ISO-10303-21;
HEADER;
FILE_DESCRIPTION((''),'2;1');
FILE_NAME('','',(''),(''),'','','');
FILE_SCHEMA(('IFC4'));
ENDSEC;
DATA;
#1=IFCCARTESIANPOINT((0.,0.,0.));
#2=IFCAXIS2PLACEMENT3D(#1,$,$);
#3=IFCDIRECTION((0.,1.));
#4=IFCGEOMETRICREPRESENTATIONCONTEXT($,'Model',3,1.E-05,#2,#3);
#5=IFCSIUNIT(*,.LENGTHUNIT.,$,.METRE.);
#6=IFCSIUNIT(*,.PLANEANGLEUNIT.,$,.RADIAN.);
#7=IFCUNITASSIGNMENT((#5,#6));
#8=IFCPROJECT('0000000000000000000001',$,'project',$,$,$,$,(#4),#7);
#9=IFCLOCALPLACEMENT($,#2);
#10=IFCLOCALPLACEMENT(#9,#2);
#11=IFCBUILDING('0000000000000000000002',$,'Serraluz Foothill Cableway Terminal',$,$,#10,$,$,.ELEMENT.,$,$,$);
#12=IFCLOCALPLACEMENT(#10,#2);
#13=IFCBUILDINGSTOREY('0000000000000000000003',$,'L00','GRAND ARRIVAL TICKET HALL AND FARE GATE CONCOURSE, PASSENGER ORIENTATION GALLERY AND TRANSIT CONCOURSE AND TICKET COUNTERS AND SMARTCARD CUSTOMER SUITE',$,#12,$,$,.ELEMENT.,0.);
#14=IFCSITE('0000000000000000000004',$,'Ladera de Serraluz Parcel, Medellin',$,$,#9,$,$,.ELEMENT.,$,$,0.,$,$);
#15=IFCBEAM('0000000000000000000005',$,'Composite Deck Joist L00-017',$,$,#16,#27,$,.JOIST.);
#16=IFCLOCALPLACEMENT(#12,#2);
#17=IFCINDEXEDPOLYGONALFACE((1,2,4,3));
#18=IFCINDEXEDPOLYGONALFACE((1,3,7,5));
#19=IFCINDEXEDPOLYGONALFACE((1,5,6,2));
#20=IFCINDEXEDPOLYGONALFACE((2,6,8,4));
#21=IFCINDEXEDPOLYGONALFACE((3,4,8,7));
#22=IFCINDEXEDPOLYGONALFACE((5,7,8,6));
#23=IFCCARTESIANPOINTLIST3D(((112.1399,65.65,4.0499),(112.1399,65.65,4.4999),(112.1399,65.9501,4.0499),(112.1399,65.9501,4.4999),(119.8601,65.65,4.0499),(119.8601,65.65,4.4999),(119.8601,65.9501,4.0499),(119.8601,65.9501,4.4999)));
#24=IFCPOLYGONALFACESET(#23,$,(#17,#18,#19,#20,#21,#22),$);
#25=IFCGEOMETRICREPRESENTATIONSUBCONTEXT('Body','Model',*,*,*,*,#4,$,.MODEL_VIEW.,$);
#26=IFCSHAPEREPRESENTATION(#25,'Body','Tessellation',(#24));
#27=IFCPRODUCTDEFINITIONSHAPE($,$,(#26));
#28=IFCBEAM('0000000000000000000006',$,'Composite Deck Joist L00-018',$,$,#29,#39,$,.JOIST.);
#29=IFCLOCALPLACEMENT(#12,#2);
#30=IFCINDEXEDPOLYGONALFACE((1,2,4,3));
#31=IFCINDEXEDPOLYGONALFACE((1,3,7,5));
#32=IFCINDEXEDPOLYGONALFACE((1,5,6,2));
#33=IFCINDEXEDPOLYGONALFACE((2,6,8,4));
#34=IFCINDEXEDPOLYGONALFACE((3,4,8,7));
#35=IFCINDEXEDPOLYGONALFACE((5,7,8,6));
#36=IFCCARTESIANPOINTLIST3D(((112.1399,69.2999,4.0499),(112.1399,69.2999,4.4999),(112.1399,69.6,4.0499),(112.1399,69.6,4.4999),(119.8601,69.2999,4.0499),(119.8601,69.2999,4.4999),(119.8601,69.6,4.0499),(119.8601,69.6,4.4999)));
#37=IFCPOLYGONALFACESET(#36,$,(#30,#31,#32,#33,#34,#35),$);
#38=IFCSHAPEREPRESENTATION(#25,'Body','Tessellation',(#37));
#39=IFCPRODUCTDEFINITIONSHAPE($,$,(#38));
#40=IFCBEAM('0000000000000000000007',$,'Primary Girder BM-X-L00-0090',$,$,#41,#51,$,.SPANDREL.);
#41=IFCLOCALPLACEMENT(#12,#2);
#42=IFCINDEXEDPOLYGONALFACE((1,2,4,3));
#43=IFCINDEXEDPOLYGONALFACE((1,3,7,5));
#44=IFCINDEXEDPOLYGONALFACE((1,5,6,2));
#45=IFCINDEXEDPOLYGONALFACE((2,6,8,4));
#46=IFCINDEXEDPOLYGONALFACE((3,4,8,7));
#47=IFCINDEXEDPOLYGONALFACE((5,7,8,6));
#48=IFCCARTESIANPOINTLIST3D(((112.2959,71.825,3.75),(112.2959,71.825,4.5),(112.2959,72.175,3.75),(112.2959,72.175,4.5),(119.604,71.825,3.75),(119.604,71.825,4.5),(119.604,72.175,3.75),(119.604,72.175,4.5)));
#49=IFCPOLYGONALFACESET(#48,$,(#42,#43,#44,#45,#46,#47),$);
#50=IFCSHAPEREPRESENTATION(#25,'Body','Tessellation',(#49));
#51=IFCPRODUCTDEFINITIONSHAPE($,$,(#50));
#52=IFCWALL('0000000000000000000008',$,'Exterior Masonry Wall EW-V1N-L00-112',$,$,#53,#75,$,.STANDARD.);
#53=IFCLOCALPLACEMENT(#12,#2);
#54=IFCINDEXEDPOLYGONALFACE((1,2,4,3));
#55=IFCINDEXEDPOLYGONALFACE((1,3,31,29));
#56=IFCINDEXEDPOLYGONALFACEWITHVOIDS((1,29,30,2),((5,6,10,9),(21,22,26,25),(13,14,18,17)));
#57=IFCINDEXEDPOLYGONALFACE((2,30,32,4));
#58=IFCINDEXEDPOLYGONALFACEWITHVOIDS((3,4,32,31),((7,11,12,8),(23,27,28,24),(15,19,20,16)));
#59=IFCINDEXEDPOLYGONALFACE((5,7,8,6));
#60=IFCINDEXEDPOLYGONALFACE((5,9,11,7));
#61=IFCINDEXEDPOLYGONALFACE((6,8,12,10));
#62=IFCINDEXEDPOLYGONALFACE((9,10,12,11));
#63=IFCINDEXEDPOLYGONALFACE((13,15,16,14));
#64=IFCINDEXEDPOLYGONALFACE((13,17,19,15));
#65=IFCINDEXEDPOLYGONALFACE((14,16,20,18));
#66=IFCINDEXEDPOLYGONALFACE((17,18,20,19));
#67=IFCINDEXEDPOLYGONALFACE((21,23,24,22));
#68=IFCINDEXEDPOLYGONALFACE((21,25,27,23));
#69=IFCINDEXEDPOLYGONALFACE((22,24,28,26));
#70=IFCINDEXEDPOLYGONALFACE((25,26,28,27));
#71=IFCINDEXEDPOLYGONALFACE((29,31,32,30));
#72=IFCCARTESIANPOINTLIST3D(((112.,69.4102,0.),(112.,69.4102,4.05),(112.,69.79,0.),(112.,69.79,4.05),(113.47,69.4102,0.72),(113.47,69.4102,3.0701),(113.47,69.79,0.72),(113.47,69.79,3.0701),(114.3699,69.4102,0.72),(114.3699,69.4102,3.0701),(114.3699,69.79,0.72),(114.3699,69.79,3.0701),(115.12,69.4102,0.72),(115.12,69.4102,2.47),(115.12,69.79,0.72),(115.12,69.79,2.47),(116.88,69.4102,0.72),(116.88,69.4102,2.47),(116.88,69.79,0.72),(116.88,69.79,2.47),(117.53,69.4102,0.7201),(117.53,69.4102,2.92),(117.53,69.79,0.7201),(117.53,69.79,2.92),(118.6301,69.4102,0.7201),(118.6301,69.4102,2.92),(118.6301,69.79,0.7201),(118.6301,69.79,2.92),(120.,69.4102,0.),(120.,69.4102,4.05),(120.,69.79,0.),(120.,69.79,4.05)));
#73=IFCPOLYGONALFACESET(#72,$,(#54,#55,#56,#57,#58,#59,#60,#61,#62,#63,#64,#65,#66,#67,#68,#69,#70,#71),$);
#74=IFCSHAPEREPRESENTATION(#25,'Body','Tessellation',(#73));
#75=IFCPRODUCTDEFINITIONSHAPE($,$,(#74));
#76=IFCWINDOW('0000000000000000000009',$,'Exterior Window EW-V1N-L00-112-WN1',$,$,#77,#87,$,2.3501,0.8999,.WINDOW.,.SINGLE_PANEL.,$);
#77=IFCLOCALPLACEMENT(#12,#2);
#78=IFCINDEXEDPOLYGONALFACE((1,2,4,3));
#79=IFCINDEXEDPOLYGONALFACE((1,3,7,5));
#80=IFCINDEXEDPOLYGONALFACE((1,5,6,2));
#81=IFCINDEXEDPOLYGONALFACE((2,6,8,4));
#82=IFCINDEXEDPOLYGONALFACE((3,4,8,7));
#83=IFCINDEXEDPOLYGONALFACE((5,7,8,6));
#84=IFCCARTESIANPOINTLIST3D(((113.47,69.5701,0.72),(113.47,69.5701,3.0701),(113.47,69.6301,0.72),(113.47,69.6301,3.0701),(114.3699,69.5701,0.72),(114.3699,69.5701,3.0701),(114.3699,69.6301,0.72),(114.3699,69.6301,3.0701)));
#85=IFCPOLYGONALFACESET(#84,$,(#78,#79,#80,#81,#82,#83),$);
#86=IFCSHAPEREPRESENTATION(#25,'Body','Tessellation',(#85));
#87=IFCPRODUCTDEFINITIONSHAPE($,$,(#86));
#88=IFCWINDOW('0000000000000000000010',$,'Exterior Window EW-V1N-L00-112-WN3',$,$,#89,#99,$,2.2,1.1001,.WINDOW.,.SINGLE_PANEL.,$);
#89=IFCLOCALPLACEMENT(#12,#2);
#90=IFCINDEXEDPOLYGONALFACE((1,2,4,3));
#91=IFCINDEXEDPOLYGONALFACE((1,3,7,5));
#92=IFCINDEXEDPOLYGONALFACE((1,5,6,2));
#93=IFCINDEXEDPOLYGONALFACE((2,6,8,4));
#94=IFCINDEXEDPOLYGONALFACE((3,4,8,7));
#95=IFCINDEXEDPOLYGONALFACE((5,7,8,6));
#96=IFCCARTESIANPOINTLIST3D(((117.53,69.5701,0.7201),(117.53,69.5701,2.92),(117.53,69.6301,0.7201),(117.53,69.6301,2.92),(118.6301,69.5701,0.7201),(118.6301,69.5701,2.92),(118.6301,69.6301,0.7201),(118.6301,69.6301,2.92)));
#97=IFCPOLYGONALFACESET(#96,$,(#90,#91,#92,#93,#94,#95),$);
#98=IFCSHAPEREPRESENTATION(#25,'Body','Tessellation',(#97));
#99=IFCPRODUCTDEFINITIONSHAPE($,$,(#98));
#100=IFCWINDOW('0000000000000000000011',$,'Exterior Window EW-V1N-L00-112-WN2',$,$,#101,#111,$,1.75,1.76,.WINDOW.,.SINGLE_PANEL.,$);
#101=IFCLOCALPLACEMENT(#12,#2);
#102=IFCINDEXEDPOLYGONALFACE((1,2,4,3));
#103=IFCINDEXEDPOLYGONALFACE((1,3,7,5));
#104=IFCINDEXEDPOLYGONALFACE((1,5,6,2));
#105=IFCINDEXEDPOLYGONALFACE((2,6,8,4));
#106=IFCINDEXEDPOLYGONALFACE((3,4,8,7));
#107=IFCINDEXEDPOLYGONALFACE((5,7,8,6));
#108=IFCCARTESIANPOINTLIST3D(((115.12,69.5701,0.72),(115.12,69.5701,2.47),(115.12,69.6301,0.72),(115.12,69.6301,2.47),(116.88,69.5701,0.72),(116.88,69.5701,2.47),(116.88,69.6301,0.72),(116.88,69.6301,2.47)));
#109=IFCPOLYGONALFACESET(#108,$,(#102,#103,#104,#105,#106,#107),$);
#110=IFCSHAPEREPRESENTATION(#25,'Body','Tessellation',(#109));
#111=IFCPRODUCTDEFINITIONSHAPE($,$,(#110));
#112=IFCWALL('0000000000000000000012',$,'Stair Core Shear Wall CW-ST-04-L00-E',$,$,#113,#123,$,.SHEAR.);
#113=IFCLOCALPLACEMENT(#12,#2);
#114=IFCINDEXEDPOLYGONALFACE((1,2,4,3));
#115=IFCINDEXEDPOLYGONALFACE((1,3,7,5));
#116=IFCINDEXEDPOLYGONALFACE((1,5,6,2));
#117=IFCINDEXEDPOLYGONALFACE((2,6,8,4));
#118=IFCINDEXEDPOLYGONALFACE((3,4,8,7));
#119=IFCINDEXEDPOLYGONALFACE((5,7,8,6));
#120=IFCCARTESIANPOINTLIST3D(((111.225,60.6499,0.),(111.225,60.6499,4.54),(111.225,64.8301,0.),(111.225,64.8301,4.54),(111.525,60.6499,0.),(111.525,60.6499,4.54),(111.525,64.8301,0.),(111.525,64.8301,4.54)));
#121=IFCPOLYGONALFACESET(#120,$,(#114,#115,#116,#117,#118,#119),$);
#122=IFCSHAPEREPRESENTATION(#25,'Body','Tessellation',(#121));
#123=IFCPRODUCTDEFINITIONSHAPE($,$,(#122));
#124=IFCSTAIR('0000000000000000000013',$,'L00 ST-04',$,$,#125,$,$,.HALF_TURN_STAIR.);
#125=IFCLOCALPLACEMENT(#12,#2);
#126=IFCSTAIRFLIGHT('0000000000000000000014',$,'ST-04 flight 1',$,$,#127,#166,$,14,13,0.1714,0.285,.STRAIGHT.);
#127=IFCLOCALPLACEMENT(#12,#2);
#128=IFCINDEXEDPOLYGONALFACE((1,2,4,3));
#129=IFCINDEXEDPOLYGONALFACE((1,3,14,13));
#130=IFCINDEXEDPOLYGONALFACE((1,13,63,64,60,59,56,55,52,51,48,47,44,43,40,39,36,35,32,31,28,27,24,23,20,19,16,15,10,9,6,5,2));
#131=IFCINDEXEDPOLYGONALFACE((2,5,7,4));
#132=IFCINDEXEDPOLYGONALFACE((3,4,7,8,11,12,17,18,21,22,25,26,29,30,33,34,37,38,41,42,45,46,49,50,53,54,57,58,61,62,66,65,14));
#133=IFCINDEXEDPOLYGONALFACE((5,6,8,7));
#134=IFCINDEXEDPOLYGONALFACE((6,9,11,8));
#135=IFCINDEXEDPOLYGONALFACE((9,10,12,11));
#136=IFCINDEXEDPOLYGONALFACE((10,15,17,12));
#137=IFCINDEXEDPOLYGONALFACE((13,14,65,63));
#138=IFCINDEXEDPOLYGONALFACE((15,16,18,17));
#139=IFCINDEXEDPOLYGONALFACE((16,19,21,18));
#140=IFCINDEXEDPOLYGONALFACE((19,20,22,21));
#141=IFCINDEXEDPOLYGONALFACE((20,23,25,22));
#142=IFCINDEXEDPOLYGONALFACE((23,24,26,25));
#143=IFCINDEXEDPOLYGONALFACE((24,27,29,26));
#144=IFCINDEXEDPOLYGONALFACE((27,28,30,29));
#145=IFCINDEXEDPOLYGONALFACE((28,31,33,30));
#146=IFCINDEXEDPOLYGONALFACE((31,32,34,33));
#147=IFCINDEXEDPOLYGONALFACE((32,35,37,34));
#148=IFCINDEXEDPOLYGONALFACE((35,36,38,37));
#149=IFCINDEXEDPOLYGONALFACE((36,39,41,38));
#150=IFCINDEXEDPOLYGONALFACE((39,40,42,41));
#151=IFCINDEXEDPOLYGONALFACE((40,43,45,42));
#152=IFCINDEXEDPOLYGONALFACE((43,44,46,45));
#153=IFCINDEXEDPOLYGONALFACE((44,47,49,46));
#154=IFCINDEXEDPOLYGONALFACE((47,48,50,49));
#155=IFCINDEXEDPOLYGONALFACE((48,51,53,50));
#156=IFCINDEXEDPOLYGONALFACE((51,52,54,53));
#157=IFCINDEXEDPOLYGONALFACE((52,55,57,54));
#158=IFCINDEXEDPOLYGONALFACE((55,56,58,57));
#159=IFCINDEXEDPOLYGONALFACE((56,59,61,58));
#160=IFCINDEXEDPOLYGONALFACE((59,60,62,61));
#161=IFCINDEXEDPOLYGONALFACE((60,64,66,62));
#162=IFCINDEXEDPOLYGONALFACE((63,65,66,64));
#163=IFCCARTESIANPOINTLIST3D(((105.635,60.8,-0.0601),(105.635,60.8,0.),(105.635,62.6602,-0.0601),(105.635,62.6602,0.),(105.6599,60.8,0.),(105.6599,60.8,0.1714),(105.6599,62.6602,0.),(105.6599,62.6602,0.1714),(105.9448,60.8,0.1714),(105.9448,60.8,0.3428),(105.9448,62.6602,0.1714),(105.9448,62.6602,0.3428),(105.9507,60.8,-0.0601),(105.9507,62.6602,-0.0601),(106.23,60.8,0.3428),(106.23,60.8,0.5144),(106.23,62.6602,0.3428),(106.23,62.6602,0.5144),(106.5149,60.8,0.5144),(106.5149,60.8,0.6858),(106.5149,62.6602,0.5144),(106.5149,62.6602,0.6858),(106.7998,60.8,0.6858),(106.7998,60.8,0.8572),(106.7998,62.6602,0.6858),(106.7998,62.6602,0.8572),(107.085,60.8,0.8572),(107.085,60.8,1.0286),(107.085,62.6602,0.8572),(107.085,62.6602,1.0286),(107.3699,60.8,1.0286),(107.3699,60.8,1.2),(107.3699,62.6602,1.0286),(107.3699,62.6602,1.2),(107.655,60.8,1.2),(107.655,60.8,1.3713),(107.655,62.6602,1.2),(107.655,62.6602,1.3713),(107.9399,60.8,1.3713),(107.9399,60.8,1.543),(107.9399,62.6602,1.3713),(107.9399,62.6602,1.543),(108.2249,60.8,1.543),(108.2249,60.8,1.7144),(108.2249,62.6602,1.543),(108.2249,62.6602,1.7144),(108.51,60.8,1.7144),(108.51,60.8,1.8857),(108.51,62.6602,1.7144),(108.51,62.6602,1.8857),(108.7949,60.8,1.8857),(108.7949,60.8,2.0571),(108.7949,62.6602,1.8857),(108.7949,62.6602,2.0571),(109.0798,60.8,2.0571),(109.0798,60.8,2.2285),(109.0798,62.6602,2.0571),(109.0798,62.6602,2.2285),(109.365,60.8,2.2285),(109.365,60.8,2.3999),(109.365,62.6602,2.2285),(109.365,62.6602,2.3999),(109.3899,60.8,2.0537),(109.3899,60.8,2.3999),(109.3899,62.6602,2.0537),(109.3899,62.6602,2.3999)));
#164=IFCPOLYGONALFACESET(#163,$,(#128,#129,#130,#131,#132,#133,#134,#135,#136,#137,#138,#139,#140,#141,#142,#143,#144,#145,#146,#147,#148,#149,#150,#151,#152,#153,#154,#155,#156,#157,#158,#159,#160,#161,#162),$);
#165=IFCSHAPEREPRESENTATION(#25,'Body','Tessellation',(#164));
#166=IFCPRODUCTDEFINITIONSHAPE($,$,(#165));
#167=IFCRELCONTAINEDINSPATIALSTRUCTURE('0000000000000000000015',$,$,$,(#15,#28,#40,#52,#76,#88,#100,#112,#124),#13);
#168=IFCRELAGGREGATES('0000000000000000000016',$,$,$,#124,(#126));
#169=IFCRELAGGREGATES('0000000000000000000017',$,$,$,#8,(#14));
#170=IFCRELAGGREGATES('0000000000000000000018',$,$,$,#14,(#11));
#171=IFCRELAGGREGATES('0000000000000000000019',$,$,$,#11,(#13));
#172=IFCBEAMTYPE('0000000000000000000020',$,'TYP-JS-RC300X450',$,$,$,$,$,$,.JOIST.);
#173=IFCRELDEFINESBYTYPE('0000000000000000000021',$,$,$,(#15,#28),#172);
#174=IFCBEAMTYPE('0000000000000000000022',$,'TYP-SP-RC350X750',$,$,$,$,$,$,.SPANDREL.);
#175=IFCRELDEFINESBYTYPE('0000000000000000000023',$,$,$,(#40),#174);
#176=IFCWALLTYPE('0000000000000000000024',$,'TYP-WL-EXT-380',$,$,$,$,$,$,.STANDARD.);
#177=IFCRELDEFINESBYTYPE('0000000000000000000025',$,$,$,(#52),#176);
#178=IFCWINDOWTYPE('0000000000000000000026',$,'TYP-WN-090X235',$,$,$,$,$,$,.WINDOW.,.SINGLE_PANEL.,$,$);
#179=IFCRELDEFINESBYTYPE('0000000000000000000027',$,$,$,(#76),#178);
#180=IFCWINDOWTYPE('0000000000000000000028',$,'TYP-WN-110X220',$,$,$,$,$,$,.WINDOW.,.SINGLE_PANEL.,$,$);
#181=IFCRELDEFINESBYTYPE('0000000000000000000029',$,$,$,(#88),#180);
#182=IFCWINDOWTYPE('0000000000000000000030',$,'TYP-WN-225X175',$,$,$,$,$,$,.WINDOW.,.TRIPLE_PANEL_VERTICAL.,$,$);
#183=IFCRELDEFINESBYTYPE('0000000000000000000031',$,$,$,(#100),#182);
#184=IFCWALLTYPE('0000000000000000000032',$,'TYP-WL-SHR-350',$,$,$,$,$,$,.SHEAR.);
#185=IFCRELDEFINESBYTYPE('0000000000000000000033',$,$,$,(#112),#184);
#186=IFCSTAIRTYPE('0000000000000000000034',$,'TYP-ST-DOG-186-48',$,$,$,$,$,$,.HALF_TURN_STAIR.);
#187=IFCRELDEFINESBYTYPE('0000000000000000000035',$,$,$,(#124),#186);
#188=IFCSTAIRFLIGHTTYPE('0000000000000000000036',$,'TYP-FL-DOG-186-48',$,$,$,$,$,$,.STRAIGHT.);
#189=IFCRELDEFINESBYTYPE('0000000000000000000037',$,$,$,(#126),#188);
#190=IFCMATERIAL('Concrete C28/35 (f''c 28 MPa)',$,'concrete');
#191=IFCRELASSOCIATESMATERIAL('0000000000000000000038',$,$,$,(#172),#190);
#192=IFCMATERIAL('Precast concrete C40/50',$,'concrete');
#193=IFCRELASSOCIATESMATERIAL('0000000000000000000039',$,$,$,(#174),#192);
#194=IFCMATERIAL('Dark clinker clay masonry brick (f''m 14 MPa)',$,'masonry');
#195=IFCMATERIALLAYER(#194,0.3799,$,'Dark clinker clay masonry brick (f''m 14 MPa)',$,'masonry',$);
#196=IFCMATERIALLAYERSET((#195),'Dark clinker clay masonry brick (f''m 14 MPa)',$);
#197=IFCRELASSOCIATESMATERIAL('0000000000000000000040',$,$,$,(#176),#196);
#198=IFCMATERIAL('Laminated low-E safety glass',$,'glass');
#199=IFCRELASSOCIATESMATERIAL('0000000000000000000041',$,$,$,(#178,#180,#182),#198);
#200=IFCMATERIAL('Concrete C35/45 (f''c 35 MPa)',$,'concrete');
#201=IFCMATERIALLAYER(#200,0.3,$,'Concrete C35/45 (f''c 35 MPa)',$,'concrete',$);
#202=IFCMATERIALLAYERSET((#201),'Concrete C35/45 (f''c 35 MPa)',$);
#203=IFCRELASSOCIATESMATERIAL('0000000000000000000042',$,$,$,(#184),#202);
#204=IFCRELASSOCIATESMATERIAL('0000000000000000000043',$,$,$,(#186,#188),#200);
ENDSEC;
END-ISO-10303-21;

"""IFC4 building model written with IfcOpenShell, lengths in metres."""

from ifc_helpers import new_model, si_unit, direction, frame, frame_2d, origin, origin_2d, place, context, subcontext, project, spatial, polyline, rectangle, outline, extrude, material, layer, layer_set, material_profile, profile_set, type_object, element, fill, aggregate, save


model = new_model("IFC4")

# Units and contexts
model_context = context("Model", 3, precision=1e-05, world=origin(), true_north=direction((0.0, 1.0)))
body_context = subcontext(model_context, "Body", "Model", "MODEL_VIEW")
ifc_project = project(units=[si_unit("LENGTHUNIT", "METRE"), si_unit("PLANEANGLEUNIT", "RADIAN")], contexts=[model_context])

# Site, building, storey
site_placement = place(None, origin())
site = spatial("IfcSite", under=ifc_project, at=site_placement, Name="Ladera de Serraluz Parcel, Medellin", CompositionType="ELEMENT", RefElevation=0.0)
building_placement = place(site_placement, origin())
building = spatial("IfcBuilding", under=site, at=building_placement, Name="Serraluz Foothill Cableway Terminal", CompositionType="ELEMENT")
storey_placement = place(building_placement, origin())
storey = spatial("IfcBuildingStorey", under=building, at=storey_placement, Name="L00", Description="GRAND ARRIVAL TICKET HALL AND FARE GATE CONCOURSE, PASSENGER ORIENTATION GALLERY AND TRANSIT CONCOURSE AND TICKET COUNTERS AND SMARTCARD CUSTOMER SUITE", CompositionType="ELEMENT", Elevation=0.0)

# Shared definitions
ifc_material_1 = material(Name="Concrete C35/45 (f'c 35 MPa)", Category="concrete")

# Shared definitions
ifc_material_2 = material(Name="Concrete C28/35 (f'c 28 MPa)", Category="concrete")

# Beams
ifc_material_profile_1 = material_profile(ifc_material_2, rectangle(XDim=0.3, YDim=0.45, at=origin_2d()), Name="RC 300x450")
ifc_profile_set_1 = profile_set([ifc_material_profile_1], Name="Concrete C28/35 (f'c 28 MPa)")
beam_type_1 = type_object("IfcBeamType", Name="TYP-JS-RC300X450", PredefinedType="JOIST", material=ifc_profile_set_1)
for number, where, z_axis, x_axis, name in (
    (1, (112.1399, 65.8, 4.2749), (1.0, 0.0, 0.0), (0.0, 1.0, 0.0), "Composite Deck Joist L00-017"),
    (2, (112.1399, 69.45, 4.2749), (1.0, 0.0, 0.0), (0.0, 1.0, 0.0), "Composite Deck Joist L00-018"),
):
    element("IfcBeam", number, at=place(storey_placement, frame(where, z_axis=z_axis, x_axis=x_axis)), inside=storey, type_object=beam_type_1, Name=name, PredefinedType="JOIST", context=body_context, shape_type="SweptSolid", body=[
        extrude(rectangle(XDim=0.3, YDim=0.45, at=origin_2d()), origin(), (0.0, 0.0, 1.0), 7.7202),
    ])
ifc_material_3 = material(Name="Precast concrete C40/50", Category="concrete")
ifc_material_profile_2 = material_profile(ifc_material_3, rectangle(XDim=0.3501, YDim=0.75, at=origin_2d()), Name="RC SP 350x750")
ifc_profile_set_2 = profile_set([ifc_material_profile_2], Name="Precast concrete C40/50")
beam_type_2 = type_object("IfcBeamType", Name="TYP-SP-RC350X750", PredefinedType="SPANDREL", material=ifc_profile_set_2)
beam_placement = place(storey_placement, frame((112.2959, 72.0, 4.125), z_axis=(1.0, 0.0, 0.0), x_axis=(0.0, 1.0, 0.0)))
element("IfcBeam", 3, at=beam_placement, inside=storey, type_object=beam_type_2, Name="Primary Girder BM-X-L00-0090", PredefinedType="SPANDREL", context=body_context, shape_type="SweptSolid", body=[
    extrude(rectangle(XDim=0.3501, YDim=0.75, at=origin_2d()), origin(), (0.0, 0.0, 1.0), 7.3081),
])

# Wall, openings, windows
ifc_material_4 = material(Name="Dark clinker clay masonry brick (f'm 14 MPa)", Category="masonry")
ifc_layer_1 = layer(ifc_material_4, 0.3799, Name="Dark clinker clay masonry brick (f'm 14 MPa)", Category="masonry")
ifc_layer_set_1 = layer_set([ifc_layer_1], Name="Dark clinker clay masonry brick (f'm 14 MPa)")
wall_type_1 = type_object("IfcWallType", Name="TYP-WL-EXT-380", PredefinedType="STANDARD", material=ifc_layer_set_1)
wall_1_placement = place(storey_placement, frame((112.0, 69.6001, 0.0), z_axis=(0.0, 0.0, 1.0), x_axis=(1.0, 0.0, 0.0)))
wall_1 = element("IfcWall", 4, at=wall_1_placement, inside=storey, type_object=wall_type_1, Name="Exterior Masonry Wall EW-V1N-L00-112", PredefinedType="STANDARD", context=body_context, shape_type="SweptSolid", body=[
    extrude(rectangle(XDim=8.0, YDim=0.3799, at=frame_2d((4.0, 0.0))), origin(), (0.0, 0.0, 1.0), 4.05),
])
opening_1_placement = place(wall_1_placement, frame((1.47, 0.0, 0.72)))
opening_1 = element("IfcOpeningElement", 5, at=opening_1_placement, cuts=wall_1, PredefinedType="OPENING", context=body_context, shape_type="SweptSolid", body=[
    extrude(rectangle(XDim=0.8999, YDim=2.3501, at=frame_2d((0.45, 1.175))), frame((0.0, 0.2, 0.0), z_axis=(0.0, -1.0, 0.0), x_axis=(1.0, 0.0, 0.0)), (0.0, 0.0, 1.0), 0.3999),
])
opening_2_placement = place(wall_1_placement, frame((3.1201, 0.0, 0.72)))
opening_2 = element("IfcOpeningElement", 6, at=opening_2_placement, cuts=wall_1, PredefinedType="OPENING", context=body_context, shape_type="SweptSolid", body=[
    extrude(rectangle(XDim=1.76, YDim=1.75, at=frame_2d((0.8799, 0.875))), frame((0.0, 0.2, 0.0), z_axis=(0.0, -1.0, 0.0), x_axis=(1.0, 0.0, 0.0)), (0.0, 0.0, 1.0), 0.3999),
])
opening_3_placement = place(wall_1_placement, frame((5.53, 0.0, 0.72)))
opening_3 = element("IfcOpeningElement", 7, at=opening_3_placement, cuts=wall_1, PredefinedType="OPENING", context=body_context, shape_type="SweptSolid", body=[
    extrude(rectangle(XDim=1.1001, YDim=2.2, at=frame_2d((0.55, 1.1001))), frame((0.0, 0.2, 0.0), z_axis=(0.0, -1.0, 0.0), x_axis=(1.0, 0.0, 0.0)), (0.0, 0.0, 1.0), 0.3999),
])
ifc_material_5 = material(Name="Laminated low-E safety glass", Category="glass")
window_type_1 = type_object("IfcWindowType", Name="TYP-WN-090X235", PartitioningType="SINGLE_PANEL", PredefinedType="WINDOW", material=ifc_material_5)
window_1_placement = place(opening_1_placement, origin())
window_1 = element("IfcWindow", 8, at=window_1_placement, inside=storey, type_object=window_type_1, Name="Exterior Window EW-V1N-L00-112-WN1", OverallHeight=2.3501, OverallWidth=0.8999, PartitioningType="SINGLE_PANEL", PredefinedType="WINDOW", context=body_context, shape_type="SweptSolid", body=[
    extrude(rectangle(XDim=0.8999, YDim=2.3501, at=frame_2d((0.45, 1.175))), frame((0.0, 0.03, 0.0), z_axis=(0.0, -1.0, 0.0), x_axis=(1.0, 0.0, 0.0)), (0.0, 0.0, 1.0), 0.0601),
])
fill(opening_1, window_1)
window_type_2 = type_object("IfcWindowType", Name="TYP-WN-110X220", PartitioningType="SINGLE_PANEL", PredefinedType="WINDOW", material=ifc_material_5)
window_2_placement = place(opening_3_placement, origin())
window_2 = element("IfcWindow", 9, at=window_2_placement, inside=storey, type_object=window_type_2, Name="Exterior Window EW-V1N-L00-112-WN3", OverallHeight=2.2, OverallWidth=1.1001, PartitioningType="SINGLE_PANEL", PredefinedType="WINDOW", context=body_context, shape_type="SweptSolid", body=[
    extrude(rectangle(XDim=1.1001, YDim=2.2, at=frame_2d((0.55, 1.1001))), frame((0.0, 0.03, 0.0), z_axis=(0.0, -1.0, 0.0), x_axis=(1.0, 0.0, 0.0)), (0.0, 0.0, 1.0), 0.0601),
])
fill(opening_3, window_2)
window_type_3 = type_object("IfcWindowType", Name="TYP-WN-225X175", PartitioningType="TRIPLE_PANEL_VERTICAL", PredefinedType="WINDOW", material=ifc_material_5)
window_3_placement = place(opening_2_placement, origin())
window_3 = element("IfcWindow", 10, at=window_3_placement, inside=storey, type_object=window_type_3, Name="Exterior Window EW-V1N-L00-112-WN2", OverallHeight=1.75, OverallWidth=1.76, PartitioningType="SINGLE_PANEL", PredefinedType="WINDOW", context=body_context, shape_type="SweptSolid", body=[
    extrude(rectangle(XDim=1.76, YDim=1.75, at=frame_2d((0.8799, 0.875))), frame((0.0, 0.03, 0.0), z_axis=(0.0, -1.0, 0.0), x_axis=(1.0, 0.0, 0.0)), (0.0, 0.0, 1.0), 0.0601),
])
fill(opening_2, window_3)

# Wall
ifc_layer_2 = layer(ifc_material_1, 0.3, Name="Concrete C35/45 (f'c 35 MPa)", Category="concrete")
ifc_layer_set_2 = layer_set([ifc_layer_2], Name="Concrete C35/45 (f'c 35 MPa)")
wall_type_2 = type_object("IfcWallType", Name="TYP-WL-SHR-350", PredefinedType="SHEAR", material=ifc_layer_set_2)
wall_2_placement = place(storey_placement, frame((111.375, 64.8301, 0.0), z_axis=(0.0, 0.0, 1.0), x_axis=(0.0, -1.0, 0.0)))
element("IfcWall", 11, at=wall_2_placement, inside=storey, type_object=wall_type_2, Name="Stair Core Shear Wall CW-ST-04-L00-E", PredefinedType="SHEAR", context=body_context, shape_type="SweptSolid", body=[
    extrude(rectangle(XDim=4.1802, YDim=0.3, at=frame_2d((2.0901, 0.0))), origin(), (0.0, 0.0, 1.0), 4.54),
])

# Stair, stair flight
stair_type = type_object("IfcStairType", Name="TYP-ST-DOG-186-48", PredefinedType="HALF_TURN_STAIR", material=ifc_material_1)
stair_placement = place(storey_placement, origin())
stair = element("IfcStair", 12, at=stair_placement, inside=storey, type_object=stair_type, Name="L00 ST-04", PredefinedType="HALF_TURN_STAIR")
stair_flight_type = type_object("IfcStairFlightType", Name="TYP-FL-DOG-186-48", PredefinedType="STRAIGHT", material=ifc_material_1)
stair_flight_1_placement = place(storey_placement, frame((105.6599, 61.73, 0.0), z_axis=(0.0, 0.0, 1.0), x_axis=(1.0, 0.0, 0.0)))
stair_flight_1 = element("IfcStairFlight", 13, at=stair_flight_1_placement, type_object=stair_flight_type, Name="ST-04 flight 1", NumberOfRisers=14, NumberOfTreads=13, PredefinedType="STRAIGHT", RiserHeight=0.1714, TreadLength=0.285, context=body_context, shape_type="SweptSolid", body=[
    extrude(outline(polyline([(-0.0249, -0.0601), (-0.0249, 0.0), (0.0, 0.0), (0.0, 0.1714), (0.2849, 0.1714), (0.2849, 0.3428), (0.5701, 0.3428), (0.5701, 0.5144), (0.855, 0.5144), (0.855, 0.6858), (1.1399, 0.6858), (1.1399, 0.8572), (1.425, 0.8572), (1.425, 1.0286), (1.71, 1.0286), (1.71, 1.2), (1.9951, 1.2), (1.9951, 1.3713), (2.28, 1.3713), (2.28, 1.543), (2.5649, 1.543), (2.5649, 1.7144), (2.8501, 1.7144), (2.8501, 1.8857), (3.135, 1.8857), (3.135, 2.0571), (3.4199, 2.0571), (3.4199, 2.2285), (3.7051, 2.2285), (3.7051, 2.3999), (3.73, 2.3999), (3.73, 2.0537), (0.2908, -0.0601), (-0.0249, -0.0601)])), frame((0.0, 0.9302, 0.0), z_axis=(0.0, -1.0, 0.0), x_axis=(1.0, 0.0, 0.0)), (0.0, 0.0, 1.0), 1.8601),
])
aggregate(stair, [stair_flight_1])

save(model, "model.ifc")
